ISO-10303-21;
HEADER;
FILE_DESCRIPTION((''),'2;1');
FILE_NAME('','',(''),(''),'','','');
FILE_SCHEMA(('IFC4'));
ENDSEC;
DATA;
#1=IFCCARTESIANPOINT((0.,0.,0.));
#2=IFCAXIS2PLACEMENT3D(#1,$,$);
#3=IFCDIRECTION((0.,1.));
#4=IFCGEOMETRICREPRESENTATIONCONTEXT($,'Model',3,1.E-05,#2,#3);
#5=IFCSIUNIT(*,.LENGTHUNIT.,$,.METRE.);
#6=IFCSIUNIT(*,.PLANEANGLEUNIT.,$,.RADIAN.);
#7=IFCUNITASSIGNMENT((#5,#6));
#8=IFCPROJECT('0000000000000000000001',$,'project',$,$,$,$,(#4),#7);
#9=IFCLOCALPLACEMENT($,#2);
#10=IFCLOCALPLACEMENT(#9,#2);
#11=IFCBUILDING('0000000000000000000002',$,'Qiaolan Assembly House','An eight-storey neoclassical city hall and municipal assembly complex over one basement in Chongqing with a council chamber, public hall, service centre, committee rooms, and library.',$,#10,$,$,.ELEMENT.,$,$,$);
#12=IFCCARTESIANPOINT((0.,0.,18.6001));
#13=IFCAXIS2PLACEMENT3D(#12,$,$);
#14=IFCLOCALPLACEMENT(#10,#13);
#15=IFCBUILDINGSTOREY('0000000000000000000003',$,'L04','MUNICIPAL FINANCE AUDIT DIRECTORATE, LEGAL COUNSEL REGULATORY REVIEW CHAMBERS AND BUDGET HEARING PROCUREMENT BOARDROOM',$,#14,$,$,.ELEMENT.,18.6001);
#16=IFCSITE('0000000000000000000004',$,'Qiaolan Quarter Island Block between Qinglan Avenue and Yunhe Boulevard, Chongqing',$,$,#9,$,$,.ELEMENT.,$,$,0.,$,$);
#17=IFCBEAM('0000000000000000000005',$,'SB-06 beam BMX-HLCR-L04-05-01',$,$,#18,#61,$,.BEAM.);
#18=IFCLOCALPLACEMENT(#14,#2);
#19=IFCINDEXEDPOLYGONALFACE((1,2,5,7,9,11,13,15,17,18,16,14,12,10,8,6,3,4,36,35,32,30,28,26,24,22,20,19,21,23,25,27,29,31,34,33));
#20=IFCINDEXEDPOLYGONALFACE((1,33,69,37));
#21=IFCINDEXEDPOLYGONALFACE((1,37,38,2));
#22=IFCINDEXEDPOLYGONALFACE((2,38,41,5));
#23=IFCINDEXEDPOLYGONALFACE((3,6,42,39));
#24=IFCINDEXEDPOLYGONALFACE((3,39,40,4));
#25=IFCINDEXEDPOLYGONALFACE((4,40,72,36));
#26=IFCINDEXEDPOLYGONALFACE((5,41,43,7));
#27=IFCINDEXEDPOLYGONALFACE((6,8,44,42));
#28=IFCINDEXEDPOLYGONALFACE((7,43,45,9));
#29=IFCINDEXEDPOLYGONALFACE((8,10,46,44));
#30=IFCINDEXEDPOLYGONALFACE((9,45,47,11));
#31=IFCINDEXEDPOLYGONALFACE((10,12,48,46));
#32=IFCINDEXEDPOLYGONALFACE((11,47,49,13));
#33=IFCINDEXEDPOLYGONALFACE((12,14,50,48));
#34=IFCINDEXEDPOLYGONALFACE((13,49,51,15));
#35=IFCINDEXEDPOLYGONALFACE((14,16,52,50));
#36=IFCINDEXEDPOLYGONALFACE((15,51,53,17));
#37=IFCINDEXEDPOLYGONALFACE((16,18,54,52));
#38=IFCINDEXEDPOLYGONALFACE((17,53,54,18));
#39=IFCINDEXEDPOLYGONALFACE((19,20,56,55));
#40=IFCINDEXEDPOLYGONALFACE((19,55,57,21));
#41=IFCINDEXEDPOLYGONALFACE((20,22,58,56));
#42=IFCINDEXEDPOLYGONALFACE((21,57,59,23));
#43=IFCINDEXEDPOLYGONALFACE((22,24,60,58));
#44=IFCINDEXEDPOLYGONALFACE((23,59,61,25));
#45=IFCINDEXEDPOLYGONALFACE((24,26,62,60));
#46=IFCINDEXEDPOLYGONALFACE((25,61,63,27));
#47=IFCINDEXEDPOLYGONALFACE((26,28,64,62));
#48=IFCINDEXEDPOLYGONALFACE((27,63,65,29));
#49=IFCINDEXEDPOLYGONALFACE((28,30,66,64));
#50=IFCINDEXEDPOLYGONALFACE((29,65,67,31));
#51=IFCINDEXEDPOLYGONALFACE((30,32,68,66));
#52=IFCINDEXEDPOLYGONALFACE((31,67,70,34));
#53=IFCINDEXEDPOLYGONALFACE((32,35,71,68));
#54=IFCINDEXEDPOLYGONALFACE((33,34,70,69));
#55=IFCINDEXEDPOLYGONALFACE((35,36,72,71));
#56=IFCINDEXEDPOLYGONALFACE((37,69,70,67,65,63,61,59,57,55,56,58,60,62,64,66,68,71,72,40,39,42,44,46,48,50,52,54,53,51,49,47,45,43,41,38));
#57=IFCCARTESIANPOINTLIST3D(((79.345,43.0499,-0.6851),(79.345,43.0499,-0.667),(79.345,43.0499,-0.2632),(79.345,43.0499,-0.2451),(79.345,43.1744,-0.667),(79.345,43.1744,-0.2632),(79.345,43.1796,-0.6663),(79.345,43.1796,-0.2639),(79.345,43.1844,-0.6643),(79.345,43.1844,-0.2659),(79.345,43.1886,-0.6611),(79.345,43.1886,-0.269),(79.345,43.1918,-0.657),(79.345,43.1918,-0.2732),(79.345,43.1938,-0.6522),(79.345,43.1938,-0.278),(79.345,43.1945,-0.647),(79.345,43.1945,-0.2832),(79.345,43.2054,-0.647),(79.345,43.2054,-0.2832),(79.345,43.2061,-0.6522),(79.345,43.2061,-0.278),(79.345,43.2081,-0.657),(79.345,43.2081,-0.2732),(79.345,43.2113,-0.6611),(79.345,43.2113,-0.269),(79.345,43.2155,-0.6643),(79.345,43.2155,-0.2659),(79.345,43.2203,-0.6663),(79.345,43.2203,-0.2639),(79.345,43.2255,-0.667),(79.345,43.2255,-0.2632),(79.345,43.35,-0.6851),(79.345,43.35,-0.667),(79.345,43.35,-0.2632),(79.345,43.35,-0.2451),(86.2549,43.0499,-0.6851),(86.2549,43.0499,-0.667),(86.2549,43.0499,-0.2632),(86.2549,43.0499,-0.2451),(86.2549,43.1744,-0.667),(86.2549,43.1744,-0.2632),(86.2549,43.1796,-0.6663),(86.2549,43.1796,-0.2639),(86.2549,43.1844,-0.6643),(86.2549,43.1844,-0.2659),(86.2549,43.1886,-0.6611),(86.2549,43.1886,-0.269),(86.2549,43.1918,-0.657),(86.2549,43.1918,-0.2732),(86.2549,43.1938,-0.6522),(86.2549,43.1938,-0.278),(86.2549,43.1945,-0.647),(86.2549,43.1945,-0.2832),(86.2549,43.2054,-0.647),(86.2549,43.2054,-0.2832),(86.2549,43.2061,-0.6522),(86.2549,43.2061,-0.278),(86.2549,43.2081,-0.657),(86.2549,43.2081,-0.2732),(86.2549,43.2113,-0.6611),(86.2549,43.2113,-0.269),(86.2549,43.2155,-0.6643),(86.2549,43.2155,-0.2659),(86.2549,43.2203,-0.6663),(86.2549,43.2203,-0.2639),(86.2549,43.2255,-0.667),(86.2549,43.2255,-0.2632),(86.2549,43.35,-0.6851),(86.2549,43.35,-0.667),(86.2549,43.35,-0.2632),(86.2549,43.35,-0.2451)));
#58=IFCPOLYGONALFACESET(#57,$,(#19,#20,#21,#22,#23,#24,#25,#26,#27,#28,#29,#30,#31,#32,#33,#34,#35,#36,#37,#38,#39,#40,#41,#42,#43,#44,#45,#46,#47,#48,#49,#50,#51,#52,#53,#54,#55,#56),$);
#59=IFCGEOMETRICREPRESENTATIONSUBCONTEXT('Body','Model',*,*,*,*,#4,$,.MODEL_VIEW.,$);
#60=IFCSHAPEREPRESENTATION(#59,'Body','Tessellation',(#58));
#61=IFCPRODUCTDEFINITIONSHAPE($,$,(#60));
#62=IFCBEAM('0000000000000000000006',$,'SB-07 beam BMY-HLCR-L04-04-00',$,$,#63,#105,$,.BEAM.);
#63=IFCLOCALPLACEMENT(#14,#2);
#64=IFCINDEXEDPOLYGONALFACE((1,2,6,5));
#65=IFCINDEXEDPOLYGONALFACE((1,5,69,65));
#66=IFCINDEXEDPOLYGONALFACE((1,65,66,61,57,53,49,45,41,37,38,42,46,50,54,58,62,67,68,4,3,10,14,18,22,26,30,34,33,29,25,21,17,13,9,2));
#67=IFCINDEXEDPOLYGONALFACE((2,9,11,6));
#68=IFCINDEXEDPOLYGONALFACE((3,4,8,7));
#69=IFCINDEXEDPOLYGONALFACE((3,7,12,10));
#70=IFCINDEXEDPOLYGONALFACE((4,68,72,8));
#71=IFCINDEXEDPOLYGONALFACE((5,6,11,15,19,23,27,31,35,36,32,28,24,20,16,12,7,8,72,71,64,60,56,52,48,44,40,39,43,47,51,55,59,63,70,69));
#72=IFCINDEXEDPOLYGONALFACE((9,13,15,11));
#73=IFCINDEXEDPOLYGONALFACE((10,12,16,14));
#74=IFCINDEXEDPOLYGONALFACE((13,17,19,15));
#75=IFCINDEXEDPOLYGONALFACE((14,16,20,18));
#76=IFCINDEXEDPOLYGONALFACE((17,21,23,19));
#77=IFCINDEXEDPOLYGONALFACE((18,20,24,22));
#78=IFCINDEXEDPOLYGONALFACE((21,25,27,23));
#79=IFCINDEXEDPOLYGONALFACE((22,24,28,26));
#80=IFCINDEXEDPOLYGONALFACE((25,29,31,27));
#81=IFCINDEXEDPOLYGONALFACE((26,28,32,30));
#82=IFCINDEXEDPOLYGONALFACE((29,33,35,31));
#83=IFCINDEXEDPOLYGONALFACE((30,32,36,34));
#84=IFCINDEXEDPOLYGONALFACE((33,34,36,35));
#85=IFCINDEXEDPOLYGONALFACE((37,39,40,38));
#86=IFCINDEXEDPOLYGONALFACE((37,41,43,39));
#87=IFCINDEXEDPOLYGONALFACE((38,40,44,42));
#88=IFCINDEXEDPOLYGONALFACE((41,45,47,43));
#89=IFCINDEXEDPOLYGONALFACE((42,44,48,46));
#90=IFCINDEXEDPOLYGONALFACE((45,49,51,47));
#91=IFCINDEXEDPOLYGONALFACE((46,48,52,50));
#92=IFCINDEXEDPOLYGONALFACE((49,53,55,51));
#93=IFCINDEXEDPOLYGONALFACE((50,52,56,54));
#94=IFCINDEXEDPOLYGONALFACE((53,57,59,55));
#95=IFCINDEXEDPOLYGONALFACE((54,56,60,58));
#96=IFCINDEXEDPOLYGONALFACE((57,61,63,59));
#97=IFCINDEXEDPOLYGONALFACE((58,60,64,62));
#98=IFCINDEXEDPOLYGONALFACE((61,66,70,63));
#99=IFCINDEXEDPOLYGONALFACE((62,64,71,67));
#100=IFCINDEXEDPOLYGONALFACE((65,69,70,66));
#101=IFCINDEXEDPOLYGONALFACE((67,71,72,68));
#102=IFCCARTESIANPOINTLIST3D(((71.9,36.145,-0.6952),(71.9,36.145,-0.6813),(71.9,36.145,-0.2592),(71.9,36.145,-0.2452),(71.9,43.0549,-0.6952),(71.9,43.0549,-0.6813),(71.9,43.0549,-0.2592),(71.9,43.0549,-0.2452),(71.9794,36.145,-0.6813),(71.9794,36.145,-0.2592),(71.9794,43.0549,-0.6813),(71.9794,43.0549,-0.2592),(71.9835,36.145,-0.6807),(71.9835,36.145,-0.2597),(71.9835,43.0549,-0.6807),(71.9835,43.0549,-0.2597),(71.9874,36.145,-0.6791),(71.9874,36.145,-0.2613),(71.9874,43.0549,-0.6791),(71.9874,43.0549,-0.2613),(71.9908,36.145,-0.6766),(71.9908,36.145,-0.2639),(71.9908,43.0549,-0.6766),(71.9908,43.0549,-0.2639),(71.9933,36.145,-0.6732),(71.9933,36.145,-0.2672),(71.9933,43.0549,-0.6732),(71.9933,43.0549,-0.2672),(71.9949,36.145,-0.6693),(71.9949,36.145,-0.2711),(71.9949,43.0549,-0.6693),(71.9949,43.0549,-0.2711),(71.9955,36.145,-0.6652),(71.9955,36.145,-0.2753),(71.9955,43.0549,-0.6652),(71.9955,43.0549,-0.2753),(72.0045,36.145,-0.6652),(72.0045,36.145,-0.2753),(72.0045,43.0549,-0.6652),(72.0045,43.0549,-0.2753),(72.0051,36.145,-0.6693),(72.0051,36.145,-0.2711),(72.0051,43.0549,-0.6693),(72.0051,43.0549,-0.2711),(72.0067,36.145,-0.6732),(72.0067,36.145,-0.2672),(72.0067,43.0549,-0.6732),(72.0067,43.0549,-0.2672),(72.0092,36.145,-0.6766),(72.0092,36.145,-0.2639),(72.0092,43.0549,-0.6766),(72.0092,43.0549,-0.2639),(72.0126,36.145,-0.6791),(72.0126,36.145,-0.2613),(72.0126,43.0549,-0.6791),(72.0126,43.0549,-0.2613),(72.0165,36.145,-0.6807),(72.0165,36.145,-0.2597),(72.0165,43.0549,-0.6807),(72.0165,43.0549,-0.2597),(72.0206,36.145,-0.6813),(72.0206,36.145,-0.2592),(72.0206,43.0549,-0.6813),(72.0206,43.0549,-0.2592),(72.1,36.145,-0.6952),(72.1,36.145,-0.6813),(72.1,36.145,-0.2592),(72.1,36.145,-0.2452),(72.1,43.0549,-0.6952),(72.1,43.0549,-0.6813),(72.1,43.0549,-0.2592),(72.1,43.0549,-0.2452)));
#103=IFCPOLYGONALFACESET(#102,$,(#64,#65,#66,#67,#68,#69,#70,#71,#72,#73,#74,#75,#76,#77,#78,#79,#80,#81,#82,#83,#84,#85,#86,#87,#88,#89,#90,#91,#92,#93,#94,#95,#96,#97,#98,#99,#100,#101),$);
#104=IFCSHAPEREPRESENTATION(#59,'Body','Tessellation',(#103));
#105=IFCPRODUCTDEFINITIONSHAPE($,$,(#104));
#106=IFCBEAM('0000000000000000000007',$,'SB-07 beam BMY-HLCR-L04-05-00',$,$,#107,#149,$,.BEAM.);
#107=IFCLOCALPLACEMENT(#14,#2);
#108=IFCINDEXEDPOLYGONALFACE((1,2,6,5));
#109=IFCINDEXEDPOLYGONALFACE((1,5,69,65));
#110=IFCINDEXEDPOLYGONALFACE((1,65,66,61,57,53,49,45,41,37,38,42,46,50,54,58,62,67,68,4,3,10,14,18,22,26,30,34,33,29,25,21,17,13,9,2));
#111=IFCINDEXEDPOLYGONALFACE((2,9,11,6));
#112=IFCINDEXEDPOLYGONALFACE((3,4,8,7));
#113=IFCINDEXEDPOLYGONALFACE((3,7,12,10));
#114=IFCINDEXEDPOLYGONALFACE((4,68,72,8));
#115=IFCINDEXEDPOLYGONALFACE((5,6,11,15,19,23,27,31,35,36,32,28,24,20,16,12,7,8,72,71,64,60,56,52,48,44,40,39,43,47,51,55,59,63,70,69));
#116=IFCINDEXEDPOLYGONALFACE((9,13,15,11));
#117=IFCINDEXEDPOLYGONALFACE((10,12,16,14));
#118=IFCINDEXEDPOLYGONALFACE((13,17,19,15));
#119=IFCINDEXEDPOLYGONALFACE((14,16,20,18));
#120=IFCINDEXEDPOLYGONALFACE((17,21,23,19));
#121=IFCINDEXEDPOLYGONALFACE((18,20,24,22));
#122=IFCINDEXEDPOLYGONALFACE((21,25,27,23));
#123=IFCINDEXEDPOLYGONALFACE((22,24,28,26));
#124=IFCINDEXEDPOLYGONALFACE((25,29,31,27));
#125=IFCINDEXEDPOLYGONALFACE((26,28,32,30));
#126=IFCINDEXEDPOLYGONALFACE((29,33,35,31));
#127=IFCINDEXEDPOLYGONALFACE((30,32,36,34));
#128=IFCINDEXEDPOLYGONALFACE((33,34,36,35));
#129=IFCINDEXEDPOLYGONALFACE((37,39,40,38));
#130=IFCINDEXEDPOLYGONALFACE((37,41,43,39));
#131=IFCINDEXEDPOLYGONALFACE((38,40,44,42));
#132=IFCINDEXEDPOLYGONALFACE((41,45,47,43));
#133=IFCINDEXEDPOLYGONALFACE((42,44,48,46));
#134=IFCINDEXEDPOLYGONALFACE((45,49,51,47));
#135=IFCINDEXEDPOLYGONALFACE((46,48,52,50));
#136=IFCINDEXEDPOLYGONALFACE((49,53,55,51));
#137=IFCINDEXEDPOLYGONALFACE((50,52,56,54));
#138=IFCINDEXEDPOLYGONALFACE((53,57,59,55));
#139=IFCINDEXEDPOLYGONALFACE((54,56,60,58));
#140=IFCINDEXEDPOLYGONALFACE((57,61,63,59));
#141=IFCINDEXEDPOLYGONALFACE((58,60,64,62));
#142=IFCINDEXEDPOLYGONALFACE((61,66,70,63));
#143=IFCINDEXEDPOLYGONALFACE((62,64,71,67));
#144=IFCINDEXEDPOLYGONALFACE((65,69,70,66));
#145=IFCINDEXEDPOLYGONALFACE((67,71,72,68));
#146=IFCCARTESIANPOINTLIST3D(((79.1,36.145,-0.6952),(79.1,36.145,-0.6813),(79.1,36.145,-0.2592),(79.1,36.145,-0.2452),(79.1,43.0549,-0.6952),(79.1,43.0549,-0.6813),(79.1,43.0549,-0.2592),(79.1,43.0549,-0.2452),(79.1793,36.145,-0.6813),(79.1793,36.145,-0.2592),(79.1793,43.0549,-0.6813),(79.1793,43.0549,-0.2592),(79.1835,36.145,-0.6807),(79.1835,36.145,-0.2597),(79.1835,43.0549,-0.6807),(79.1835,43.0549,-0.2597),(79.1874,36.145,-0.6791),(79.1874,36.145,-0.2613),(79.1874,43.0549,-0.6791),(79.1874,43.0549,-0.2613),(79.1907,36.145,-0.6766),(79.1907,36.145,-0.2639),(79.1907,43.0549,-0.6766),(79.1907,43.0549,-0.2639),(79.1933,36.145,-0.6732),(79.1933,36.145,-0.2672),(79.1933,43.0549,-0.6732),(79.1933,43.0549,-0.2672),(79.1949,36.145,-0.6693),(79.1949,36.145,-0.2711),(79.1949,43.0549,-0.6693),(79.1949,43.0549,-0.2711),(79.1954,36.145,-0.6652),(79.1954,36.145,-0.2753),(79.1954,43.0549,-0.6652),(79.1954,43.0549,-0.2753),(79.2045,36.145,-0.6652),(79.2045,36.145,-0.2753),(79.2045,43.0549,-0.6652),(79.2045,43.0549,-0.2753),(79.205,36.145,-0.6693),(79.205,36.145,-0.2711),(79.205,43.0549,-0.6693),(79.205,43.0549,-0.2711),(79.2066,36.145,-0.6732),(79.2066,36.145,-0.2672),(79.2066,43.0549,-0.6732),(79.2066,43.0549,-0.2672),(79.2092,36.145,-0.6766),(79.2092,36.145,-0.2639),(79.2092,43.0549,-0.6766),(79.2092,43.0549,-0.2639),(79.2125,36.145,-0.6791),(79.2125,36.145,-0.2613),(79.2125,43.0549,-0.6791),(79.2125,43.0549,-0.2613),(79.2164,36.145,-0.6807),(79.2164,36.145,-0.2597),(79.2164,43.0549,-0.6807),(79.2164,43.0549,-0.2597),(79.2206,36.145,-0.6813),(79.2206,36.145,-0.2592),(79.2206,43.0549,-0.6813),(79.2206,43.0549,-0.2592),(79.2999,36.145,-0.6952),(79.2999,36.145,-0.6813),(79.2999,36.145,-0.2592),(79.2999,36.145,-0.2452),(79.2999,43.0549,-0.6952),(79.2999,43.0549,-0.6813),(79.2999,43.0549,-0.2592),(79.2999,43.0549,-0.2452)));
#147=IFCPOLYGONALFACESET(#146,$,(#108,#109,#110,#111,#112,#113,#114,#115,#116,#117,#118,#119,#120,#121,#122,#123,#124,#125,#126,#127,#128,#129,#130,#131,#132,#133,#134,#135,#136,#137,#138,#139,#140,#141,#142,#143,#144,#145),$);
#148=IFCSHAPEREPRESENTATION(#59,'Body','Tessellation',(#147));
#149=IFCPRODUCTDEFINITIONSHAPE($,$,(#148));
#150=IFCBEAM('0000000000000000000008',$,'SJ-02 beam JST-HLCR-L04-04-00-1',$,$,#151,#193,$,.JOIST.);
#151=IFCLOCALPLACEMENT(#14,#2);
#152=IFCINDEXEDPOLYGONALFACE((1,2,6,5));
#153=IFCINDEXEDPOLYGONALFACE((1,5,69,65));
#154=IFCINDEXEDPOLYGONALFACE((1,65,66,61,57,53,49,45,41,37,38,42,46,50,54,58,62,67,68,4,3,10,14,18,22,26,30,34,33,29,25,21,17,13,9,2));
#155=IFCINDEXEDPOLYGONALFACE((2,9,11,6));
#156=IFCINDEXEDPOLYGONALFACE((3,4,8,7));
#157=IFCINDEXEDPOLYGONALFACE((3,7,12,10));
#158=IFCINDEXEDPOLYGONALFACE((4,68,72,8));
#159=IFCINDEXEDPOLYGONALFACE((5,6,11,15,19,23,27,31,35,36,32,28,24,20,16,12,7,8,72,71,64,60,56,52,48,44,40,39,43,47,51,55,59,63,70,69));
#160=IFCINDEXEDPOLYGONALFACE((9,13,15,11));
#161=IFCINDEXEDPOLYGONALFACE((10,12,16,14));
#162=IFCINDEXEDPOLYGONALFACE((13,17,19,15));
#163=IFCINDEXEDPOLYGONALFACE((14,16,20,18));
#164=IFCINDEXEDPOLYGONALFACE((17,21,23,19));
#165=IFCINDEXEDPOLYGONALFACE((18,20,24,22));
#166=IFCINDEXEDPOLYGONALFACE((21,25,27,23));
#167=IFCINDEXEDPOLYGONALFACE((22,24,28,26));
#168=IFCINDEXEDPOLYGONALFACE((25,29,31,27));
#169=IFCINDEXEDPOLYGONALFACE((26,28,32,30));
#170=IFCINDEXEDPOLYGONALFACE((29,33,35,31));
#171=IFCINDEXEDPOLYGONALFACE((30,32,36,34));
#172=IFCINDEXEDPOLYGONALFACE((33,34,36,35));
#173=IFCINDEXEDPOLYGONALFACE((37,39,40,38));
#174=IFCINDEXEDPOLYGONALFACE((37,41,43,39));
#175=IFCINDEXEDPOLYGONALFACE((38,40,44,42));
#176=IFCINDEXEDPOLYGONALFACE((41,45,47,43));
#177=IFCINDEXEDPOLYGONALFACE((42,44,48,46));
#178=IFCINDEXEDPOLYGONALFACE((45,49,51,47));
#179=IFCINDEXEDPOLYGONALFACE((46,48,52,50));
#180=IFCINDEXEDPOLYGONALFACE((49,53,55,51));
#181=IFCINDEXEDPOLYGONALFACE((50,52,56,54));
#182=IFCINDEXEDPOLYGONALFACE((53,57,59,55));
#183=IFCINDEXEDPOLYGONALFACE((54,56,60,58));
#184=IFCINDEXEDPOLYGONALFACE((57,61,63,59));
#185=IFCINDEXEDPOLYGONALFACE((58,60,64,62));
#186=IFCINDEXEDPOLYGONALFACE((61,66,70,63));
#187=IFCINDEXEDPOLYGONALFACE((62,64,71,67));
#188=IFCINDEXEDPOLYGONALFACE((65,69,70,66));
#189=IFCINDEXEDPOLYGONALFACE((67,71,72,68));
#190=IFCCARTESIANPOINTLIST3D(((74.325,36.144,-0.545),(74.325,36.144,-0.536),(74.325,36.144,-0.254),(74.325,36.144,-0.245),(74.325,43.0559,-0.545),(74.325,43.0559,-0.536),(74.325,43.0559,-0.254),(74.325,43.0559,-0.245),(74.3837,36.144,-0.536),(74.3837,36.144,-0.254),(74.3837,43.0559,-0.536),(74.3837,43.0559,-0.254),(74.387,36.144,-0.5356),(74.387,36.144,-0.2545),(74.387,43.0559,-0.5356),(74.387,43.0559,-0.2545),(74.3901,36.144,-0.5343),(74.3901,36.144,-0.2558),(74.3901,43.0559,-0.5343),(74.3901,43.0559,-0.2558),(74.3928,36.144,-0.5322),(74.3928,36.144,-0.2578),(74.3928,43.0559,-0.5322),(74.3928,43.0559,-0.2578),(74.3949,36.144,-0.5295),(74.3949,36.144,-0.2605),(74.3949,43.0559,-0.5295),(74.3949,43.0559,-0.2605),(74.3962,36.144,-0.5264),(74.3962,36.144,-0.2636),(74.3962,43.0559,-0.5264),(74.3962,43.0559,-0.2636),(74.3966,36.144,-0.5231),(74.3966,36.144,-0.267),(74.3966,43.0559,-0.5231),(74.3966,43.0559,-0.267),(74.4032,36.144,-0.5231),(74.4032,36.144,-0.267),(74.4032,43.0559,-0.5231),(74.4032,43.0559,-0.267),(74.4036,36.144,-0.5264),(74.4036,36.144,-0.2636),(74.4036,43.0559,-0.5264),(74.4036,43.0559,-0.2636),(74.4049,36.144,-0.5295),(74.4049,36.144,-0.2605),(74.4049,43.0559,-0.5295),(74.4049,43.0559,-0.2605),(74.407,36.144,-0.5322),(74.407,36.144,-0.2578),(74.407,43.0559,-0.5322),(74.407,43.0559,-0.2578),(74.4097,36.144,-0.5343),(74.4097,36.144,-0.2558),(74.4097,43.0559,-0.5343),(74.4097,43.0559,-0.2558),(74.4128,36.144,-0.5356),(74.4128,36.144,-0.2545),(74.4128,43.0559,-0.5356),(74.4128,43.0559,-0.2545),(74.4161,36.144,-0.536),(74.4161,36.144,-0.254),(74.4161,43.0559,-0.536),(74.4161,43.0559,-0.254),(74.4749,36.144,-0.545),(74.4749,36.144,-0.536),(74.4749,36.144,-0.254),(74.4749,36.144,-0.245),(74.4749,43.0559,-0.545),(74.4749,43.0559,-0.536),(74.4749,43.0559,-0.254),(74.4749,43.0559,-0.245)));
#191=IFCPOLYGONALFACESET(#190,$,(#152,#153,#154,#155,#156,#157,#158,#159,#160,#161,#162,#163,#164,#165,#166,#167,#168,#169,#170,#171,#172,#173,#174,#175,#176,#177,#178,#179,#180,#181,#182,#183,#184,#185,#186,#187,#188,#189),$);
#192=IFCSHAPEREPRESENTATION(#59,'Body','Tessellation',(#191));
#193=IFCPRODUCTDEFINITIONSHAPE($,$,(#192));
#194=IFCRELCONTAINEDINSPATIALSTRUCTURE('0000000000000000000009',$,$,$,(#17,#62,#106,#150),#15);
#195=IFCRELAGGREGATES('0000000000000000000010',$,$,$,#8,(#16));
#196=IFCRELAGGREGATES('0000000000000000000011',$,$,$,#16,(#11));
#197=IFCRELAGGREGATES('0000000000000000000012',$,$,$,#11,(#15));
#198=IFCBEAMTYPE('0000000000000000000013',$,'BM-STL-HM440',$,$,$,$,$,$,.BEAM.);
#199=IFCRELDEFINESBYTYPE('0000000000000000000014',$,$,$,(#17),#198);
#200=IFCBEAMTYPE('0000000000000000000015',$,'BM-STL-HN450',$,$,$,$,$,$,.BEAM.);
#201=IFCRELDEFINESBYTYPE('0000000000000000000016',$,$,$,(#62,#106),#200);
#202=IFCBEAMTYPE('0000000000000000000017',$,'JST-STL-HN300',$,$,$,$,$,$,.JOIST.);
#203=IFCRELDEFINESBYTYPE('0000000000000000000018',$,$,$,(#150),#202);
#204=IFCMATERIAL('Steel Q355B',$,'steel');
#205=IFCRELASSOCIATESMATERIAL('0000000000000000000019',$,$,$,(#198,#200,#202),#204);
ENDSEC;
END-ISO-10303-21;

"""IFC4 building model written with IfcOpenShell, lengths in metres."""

from ifc_helpers import new_model, si_unit, direction, frame, origin, origin_2d, place, context, subcontext, project, spatial, i_section, extrude, material, material_profile, profile_set, type_object, element, save


model = new_model("IFC4")

# Units and contexts
model_context = context("Model", 3, precision=1e-05, world=origin(), true_north=direction((0.0, 1.0)))
body_context = subcontext(model_context, "Body", "Model", "MODEL_VIEW")
ifc_project = project(units=[si_unit("LENGTHUNIT", "METRE"), si_unit("PLANEANGLEUNIT", "RADIAN")], contexts=[model_context])

# Site, building, storey
site_placement = place(None, origin())
site = spatial("IfcSite", under=ifc_project, at=site_placement, Name="Qiaolan Quarter Island Block between Qinglan Avenue and Yunhe Boulevard, Chongqing", CompositionType="ELEMENT", RefElevation=0.0)
building_placement = place(site_placement, origin())
building = spatial("IfcBuilding", under=site, at=building_placement, Name="Qiaolan Assembly House", Description="An eight-storey neoclassical city hall and municipal assembly complex over one basement in Chongqing with a council chamber, public hall, service centre, committee rooms, and library.", CompositionType="ELEMENT")
storey_placement = place(building_placement, frame((0.0, 0.0, 18.6001)))
storey = spatial("IfcBuildingStorey", under=building, at=storey_placement, Name="L04", Description="MUNICIPAL FINANCE AUDIT DIRECTORATE, LEGAL COUNSEL REGULATORY REVIEW CHAMBERS AND BUDGET HEARING PROCUREMENT BOARDROOM", CompositionType="ELEMENT", Elevation=18.6001)

# Beams
ifc_material_1 = material(Name="Steel Q355B", Category="steel")
ifc_material_profile_1 = material_profile(ifc_material_1, i_section(OverallWidth=0.3, OverallDepth=0.4399, WebThickness=0.011, FlangeThickness=0.0181, FilletRadius=0.02, at=origin_2d()), Name="HM 440x300x11x18")
ifc_profile_set_1 = profile_set([ifc_material_profile_1], Name="Steel Q355B")
beam_type_1 = type_object("IfcBeamType", Name="BM-STL-HM440", PredefinedType="BEAM", material=ifc_profile_set_1)
for number, where, z_axis, x_axis, name in (
    (1, (79.345, 43.2, -0.4651), (1.0, 0.0, 0.0), (0.0, 1.0, 0.0), "SB-06 beam BMX-HLCR-L04-05-01"),
):
    element("IfcBeam", number, at=place(storey_placement, frame(where, z_axis=z_axis, x_axis=x_axis)), inside=storey, type_object=beam_type_1, Name=name, PredefinedType="BEAM", context=body_context, shape_type="SweptSolid", body=[
        extrude(i_section(OverallWidth=0.3, OverallDepth=0.4399, WebThickness=0.011, FlangeThickness=0.0181, FilletRadius=0.02, at=origin_2d()), origin(), (0.0, 0.0, 1.0), 6.9099),
    ])
ifc_material_profile_2 = material_profile(ifc_material_1, i_section(OverallWidth=0.2, OverallDepth=0.45, WebThickness=0.009, FlangeThickness=0.0139, FilletRadius=0.0161, at=origin_2d()), Name="HN 450x200x9x14")
ifc_profile_set_2 = profile_set([ifc_material_profile_2], Name="Steel Q355B")
beam_type_2 = type_object("IfcBeamType", Name="BM-STL-HN450", PredefinedType="BEAM", material=ifc_profile_set_2)
for number, where, z_axis, x_axis, name in (
    (2, (72.0, 36.145, -0.4702), (0.0, 1.0, 0.0), (-1.0, 0.0, 0.0), "SB-07 beam BMY-HLCR-L04-04-00"),
    (3, (79.2, 36.145, -0.4702), (0.0, 1.0, 0.0), (-1.0, 0.0, 0.0), "SB-07 beam BMY-HLCR-L04-05-00"),
):
    element("IfcBeam", number, at=place(storey_placement, frame(where, z_axis=z_axis, x_axis=x_axis)), inside=storey, type_object=beam_type_2, Name=name, PredefinedType="BEAM", context=body_context, shape_type="SweptSolid", body=[
        extrude(i_section(OverallWidth=0.2, OverallDepth=0.45, WebThickness=0.009, FlangeThickness=0.0139, FilletRadius=0.0161, at=origin_2d()), origin(), (0.0, 0.0, 1.0), 6.9099),
    ])
ifc_material_profile_3 = material_profile(ifc_material_1, i_section(OverallWidth=0.1499, OverallDepth=0.3, WebThickness=0.0066, FlangeThickness=0.009, FilletRadius=0.0129, at=origin_2d()), Name="HN 300x150x6.5x9")
ifc_profile_set_3 = profile_set([ifc_material_profile_3], Name="Steel Q355B")
beam_type_3 = type_object("IfcBeamType", Name="JST-STL-HN300", PredefinedType="JOIST", material=ifc_profile_set_3)
for number, where, z_axis, x_axis, name in (
    (4, (74.3999, 36.144, -0.395), (0.0, 1.0, 0.0), (-1.0, 0.0, 0.0), "SJ-02 beam JST-HLCR-L04-04-00-1"),
):
    element("IfcBeam", number, at=place(storey_placement, frame(where, z_axis=z_axis, x_axis=x_axis)), inside=storey, type_object=beam_type_3, Name=name, PredefinedType="JOIST", context=body_context, shape_type="SweptSolid", body=[
        extrude(i_section(OverallWidth=0.1499, OverallDepth=0.3, WebThickness=0.0066, FlangeThickness=0.009, FilletRadius=0.0129, at=origin_2d()), origin(), (0.0, 0.0, 1.0), 6.9119),
    ])

save(model, "model.ifc")
